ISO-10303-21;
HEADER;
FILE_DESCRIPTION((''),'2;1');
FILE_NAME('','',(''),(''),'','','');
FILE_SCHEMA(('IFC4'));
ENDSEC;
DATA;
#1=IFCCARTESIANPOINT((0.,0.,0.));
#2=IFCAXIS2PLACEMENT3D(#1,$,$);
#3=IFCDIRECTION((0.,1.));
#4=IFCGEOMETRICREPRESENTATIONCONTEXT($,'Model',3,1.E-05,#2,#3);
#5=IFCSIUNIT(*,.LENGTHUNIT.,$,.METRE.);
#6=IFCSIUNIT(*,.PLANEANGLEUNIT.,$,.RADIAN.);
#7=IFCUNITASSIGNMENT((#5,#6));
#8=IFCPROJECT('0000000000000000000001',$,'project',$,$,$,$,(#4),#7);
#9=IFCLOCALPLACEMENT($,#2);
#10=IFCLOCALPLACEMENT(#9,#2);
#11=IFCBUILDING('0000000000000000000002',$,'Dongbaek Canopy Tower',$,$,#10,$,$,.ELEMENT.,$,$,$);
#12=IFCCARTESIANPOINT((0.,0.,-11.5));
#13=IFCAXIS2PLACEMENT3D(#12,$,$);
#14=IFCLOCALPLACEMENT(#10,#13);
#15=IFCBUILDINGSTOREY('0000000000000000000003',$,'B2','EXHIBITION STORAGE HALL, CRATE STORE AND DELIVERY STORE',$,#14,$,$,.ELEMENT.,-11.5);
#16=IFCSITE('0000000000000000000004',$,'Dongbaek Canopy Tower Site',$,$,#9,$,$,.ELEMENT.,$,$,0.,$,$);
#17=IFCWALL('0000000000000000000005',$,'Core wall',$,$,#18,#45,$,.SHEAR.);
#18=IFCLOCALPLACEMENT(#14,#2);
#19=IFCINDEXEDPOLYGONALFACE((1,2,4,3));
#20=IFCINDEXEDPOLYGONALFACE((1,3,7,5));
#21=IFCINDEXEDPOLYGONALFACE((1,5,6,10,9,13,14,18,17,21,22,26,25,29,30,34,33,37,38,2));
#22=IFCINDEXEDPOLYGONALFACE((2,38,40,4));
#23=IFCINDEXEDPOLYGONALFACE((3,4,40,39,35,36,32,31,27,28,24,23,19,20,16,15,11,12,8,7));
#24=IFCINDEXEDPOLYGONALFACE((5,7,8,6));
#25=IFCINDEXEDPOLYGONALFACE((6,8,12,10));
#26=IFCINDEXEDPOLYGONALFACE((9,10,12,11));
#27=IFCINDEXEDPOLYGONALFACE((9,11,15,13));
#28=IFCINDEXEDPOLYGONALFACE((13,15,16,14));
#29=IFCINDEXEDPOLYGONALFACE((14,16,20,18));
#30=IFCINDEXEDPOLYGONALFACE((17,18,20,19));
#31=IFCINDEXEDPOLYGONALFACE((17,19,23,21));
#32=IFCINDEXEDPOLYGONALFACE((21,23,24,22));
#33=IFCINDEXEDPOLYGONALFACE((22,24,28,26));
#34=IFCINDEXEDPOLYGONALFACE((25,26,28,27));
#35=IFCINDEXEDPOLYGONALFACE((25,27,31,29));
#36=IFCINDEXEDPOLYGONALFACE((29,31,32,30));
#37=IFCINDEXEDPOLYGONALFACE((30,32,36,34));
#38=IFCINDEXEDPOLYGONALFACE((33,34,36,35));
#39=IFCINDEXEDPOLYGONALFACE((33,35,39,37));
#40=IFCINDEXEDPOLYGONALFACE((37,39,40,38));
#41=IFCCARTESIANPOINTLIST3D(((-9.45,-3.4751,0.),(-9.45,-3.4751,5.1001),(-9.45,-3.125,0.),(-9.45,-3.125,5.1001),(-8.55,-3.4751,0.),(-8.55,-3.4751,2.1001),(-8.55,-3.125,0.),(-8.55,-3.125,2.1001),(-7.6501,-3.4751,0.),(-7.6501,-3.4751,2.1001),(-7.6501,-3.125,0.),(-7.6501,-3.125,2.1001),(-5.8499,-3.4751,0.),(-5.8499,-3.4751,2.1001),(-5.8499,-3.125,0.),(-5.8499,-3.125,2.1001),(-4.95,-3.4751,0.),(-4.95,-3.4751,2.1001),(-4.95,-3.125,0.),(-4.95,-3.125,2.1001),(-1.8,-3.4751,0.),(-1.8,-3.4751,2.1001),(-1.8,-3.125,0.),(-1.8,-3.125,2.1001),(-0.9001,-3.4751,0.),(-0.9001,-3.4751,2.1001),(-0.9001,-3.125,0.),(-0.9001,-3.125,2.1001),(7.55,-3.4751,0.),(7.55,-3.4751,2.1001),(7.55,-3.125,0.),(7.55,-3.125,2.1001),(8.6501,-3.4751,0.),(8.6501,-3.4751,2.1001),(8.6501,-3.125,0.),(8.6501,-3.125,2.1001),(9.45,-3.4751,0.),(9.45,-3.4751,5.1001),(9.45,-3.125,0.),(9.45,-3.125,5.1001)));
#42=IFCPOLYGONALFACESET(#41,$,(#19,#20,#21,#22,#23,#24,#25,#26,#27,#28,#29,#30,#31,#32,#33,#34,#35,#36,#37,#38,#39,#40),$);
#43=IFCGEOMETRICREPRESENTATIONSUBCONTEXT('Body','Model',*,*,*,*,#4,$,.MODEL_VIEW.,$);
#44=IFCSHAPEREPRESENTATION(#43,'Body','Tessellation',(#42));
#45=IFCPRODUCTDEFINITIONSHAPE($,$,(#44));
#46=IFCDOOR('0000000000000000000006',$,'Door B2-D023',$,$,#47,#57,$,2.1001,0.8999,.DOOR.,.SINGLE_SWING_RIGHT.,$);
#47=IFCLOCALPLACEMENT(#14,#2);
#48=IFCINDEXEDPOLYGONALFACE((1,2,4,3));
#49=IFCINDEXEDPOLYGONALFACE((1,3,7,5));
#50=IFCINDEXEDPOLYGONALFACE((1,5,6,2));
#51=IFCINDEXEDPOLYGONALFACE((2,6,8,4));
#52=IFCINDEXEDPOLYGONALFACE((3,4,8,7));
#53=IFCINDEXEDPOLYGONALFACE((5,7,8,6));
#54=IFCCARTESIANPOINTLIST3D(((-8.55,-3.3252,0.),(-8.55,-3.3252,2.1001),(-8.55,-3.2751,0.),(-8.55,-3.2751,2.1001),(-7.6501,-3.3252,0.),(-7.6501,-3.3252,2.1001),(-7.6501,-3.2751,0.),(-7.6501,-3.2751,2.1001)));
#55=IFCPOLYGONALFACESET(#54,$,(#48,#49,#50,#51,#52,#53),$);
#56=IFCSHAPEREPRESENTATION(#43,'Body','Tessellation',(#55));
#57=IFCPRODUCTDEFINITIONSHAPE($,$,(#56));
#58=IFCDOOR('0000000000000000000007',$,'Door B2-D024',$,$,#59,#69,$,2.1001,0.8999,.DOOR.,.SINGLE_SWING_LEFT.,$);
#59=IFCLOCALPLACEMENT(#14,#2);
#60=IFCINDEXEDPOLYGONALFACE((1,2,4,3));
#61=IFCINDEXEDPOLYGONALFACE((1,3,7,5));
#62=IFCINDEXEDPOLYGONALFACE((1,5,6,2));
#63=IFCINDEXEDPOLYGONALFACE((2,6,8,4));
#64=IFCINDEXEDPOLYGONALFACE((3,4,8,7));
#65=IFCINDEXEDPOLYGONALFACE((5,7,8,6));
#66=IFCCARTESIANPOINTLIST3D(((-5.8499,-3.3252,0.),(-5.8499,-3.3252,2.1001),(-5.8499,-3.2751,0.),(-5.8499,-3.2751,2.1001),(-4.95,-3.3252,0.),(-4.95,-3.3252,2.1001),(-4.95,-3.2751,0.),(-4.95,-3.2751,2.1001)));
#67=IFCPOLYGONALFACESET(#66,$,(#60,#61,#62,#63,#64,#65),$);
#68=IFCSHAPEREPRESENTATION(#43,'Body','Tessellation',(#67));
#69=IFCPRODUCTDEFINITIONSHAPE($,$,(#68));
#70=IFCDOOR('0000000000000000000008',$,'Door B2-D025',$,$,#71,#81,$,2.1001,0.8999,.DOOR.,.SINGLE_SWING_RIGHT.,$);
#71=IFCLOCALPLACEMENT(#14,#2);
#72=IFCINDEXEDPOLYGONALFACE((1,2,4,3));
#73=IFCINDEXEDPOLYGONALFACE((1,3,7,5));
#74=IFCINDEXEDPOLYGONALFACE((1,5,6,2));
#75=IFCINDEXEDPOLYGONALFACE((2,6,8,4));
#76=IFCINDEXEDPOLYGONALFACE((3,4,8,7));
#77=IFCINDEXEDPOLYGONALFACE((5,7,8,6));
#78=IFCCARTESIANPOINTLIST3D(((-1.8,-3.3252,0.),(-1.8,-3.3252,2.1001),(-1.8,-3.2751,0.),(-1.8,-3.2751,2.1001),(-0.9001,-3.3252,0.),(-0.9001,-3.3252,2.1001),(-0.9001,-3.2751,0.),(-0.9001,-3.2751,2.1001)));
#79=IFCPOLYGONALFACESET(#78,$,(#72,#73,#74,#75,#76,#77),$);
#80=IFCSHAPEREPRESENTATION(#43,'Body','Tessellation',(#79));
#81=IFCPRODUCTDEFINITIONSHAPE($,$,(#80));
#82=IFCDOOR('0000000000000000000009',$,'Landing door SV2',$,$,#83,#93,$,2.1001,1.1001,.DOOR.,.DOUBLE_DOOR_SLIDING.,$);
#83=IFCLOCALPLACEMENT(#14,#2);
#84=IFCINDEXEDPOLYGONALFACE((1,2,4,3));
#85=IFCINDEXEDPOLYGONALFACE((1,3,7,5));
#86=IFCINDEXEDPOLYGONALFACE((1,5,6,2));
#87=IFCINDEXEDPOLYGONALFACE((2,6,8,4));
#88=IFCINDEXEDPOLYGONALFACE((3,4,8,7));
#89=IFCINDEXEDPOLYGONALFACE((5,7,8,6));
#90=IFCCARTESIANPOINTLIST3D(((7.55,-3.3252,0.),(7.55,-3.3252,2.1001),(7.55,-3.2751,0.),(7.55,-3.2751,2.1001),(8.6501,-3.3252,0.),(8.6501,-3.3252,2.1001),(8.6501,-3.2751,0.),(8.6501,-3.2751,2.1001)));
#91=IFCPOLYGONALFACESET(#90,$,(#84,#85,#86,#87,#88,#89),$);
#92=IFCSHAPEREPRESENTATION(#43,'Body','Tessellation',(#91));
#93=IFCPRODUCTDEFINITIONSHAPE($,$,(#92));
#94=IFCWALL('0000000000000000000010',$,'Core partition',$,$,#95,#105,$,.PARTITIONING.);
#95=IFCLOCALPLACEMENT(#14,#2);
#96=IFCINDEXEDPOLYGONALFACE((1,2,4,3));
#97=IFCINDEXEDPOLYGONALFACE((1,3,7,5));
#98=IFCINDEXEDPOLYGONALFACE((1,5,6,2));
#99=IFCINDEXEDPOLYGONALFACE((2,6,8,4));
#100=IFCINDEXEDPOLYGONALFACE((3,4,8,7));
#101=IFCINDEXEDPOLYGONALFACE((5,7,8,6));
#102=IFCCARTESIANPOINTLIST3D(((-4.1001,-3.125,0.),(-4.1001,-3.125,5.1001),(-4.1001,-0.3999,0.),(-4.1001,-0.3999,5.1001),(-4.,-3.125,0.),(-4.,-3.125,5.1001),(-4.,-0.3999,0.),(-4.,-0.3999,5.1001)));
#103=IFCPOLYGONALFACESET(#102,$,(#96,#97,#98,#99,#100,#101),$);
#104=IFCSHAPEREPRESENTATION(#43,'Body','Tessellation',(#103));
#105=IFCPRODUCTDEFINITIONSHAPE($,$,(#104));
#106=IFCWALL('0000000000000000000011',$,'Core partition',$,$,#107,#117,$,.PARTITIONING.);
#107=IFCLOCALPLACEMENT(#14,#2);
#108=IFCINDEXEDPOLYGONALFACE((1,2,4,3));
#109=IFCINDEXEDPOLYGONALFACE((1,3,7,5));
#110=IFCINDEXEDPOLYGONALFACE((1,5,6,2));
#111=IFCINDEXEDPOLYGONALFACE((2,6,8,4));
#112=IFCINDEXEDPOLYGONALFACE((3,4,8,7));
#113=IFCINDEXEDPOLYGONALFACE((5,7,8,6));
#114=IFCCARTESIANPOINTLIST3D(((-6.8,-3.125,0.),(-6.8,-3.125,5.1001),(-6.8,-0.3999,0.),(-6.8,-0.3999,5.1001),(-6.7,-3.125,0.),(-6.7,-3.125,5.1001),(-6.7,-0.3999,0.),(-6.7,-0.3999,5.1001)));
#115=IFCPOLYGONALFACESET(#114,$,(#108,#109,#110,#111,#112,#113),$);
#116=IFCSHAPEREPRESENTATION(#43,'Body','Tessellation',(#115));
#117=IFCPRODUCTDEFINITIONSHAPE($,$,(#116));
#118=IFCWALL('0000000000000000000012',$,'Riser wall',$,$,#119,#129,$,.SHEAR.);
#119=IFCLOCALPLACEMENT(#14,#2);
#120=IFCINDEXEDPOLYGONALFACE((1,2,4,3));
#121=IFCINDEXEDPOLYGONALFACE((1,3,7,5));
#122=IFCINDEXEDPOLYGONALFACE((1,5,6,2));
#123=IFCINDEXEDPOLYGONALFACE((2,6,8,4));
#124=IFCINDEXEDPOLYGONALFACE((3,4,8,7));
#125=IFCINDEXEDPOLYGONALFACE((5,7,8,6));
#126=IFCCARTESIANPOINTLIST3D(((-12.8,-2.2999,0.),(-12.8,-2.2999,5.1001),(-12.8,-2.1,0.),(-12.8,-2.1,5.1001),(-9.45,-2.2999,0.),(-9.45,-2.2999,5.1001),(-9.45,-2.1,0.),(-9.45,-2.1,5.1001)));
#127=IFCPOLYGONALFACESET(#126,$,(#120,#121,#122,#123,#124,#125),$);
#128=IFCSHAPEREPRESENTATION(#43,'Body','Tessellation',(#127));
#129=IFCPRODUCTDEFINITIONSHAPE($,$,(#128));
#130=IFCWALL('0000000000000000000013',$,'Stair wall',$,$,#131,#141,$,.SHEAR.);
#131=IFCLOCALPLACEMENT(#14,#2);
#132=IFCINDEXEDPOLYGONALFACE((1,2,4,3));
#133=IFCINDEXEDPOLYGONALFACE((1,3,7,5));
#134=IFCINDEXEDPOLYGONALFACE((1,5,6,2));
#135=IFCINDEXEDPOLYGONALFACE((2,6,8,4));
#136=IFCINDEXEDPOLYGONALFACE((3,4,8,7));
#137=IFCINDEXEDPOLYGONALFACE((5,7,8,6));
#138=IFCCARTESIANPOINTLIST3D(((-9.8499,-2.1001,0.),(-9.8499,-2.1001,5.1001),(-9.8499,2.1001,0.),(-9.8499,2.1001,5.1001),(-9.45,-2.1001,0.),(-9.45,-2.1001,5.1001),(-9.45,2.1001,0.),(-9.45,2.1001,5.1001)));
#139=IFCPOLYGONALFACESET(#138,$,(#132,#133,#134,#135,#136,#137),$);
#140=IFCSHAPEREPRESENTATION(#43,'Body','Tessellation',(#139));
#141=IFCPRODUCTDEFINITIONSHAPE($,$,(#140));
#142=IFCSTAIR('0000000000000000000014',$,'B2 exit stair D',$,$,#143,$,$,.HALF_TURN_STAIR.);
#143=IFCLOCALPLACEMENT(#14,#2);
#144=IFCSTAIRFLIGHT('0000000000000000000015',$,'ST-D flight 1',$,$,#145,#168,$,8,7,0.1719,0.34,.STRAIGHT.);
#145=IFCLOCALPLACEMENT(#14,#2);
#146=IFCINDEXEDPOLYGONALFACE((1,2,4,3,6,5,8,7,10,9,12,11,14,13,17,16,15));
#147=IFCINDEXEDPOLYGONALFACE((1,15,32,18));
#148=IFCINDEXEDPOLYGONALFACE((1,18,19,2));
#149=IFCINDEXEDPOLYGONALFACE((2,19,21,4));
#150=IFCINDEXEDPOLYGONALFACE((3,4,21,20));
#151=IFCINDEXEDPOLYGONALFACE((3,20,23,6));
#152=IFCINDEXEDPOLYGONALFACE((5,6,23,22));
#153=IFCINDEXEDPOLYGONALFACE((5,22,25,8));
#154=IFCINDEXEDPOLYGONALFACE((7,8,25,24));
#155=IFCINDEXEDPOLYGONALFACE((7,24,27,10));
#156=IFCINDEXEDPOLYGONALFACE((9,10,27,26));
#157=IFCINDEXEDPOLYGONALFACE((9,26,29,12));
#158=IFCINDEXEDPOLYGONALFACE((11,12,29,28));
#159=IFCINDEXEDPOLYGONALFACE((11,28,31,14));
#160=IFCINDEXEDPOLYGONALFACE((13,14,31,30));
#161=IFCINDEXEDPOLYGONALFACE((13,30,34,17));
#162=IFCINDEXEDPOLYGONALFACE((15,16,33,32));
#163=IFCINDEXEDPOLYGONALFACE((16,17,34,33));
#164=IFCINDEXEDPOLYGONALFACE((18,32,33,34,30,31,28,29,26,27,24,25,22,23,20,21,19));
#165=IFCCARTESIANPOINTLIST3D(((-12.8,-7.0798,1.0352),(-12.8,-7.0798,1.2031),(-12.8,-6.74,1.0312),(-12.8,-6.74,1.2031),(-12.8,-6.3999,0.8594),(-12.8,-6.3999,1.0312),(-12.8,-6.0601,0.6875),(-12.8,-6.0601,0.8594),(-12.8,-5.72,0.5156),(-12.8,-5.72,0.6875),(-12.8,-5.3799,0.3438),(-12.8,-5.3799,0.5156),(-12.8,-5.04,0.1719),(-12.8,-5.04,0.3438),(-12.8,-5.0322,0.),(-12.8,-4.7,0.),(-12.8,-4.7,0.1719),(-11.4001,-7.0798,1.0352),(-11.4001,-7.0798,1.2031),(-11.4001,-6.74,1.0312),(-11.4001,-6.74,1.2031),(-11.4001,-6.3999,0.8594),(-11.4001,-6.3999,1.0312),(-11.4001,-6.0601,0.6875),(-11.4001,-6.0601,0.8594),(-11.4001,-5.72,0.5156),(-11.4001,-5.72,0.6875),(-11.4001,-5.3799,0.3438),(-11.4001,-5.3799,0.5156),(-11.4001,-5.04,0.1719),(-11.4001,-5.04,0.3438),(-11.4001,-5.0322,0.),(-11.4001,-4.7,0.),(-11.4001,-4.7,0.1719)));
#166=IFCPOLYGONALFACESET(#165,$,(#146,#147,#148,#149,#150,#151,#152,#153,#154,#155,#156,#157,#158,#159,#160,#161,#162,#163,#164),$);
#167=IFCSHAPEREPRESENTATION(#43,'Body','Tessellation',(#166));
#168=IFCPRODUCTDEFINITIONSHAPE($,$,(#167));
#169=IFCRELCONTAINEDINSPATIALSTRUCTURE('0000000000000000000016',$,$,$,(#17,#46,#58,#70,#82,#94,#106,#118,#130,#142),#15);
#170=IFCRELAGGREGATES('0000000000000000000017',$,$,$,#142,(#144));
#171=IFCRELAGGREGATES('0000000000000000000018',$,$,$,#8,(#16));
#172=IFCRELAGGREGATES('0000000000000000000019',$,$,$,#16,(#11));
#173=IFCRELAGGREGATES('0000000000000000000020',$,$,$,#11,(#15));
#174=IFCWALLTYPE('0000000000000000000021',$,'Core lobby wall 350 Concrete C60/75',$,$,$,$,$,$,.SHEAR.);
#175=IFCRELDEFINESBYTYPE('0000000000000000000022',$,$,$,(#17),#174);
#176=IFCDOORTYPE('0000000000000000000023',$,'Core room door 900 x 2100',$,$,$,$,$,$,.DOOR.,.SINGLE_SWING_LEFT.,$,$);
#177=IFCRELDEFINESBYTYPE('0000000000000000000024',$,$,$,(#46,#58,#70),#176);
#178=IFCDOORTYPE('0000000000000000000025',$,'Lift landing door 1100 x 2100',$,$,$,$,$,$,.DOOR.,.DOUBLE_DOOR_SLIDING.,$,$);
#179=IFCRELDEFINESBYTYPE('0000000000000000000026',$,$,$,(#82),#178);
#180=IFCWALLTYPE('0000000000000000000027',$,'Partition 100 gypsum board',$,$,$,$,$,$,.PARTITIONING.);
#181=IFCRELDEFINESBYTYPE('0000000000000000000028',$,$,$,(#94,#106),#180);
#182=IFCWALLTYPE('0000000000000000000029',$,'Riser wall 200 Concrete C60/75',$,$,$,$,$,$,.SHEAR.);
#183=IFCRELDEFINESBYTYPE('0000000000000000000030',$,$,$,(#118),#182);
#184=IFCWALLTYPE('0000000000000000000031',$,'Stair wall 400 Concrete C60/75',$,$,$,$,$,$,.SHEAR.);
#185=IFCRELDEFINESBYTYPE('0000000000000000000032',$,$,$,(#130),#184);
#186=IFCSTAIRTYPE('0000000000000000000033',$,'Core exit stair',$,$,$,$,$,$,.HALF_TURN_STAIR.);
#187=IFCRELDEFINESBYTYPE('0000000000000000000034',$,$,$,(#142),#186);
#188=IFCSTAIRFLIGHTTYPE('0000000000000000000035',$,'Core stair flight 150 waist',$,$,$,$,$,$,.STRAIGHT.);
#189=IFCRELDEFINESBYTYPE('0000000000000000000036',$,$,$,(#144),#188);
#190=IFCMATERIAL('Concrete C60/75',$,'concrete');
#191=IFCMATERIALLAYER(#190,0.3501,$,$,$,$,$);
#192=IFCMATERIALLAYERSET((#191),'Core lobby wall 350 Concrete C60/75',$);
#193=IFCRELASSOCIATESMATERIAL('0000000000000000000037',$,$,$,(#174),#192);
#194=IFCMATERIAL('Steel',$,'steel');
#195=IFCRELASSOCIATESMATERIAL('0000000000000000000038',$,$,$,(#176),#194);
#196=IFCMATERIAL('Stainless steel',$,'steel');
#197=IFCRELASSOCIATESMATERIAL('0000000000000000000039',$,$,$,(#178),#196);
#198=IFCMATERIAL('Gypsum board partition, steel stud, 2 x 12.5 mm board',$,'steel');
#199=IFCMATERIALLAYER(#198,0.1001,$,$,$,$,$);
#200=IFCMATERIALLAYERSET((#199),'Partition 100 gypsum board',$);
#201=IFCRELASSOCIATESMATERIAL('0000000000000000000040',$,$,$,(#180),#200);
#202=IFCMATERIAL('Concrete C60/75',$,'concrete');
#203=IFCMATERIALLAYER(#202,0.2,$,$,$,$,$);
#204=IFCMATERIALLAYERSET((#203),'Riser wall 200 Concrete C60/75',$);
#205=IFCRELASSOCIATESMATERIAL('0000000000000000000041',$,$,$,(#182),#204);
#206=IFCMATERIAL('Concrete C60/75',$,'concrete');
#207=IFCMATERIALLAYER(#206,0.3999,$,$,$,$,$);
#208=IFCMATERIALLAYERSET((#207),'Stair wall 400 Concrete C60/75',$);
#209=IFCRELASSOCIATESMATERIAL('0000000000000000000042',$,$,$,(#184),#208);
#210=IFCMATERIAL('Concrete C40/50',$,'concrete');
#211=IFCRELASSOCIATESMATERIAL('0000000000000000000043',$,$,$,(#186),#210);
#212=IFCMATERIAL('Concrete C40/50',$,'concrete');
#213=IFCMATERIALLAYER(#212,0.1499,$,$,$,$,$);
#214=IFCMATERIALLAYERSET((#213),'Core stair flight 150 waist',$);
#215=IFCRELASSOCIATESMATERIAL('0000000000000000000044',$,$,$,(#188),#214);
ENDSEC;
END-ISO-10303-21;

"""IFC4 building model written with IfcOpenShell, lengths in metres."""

from ifc_helpers import new_model, si_unit, direction, frame, frame_2d, origin, place, context, subcontext, project, spatial, polyline, rectangle, outline, extrude, material, layer, layer_set, type_object, element, fill, aggregate, save


model = new_model("IFC4")

# Units and contexts
model_context = context("Model", 3, precision=1e-05, world=origin(), true_north=direction((0.0, 1.0)))
body_context = subcontext(model_context, "Body", "Model", "MODEL_VIEW")
ifc_project = project(units=[si_unit("LENGTHUNIT", "METRE"), si_unit("PLANEANGLEUNIT", "RADIAN")], contexts=[model_context])

# Site, building, storey
site_placement = place(None, origin())
site = spatial("IfcSite", under=ifc_project, at=site_placement, Name="Dongbaek Canopy Tower Site", CompositionType="ELEMENT", RefElevation=0.0)
building_placement = place(site_placement, origin())
building = spatial("IfcBuilding", under=site, at=building_placement, Name="Dongbaek Canopy Tower", CompositionType="ELEMENT")
storey_placement = place(building_placement, frame((0.0, 0.0, -11.5)))
storey = spatial("IfcBuildingStorey", under=building, at=storey_placement, Name="B2", Description="EXHIBITION STORAGE HALL, CRATE STORE AND DELIVERY STORE", CompositionType="ELEMENT", Elevation=-11.5)

# Wall, openings, doors
ifc_material_1 = material(Name="Concrete C60/75", Category="concrete")
ifc_layer_1 = layer(ifc_material_1, 0.3501)
ifc_layer_set_1 = layer_set([ifc_layer_1], Name="Core lobby wall 350 Concrete C60/75")
wall_type_1 = type_object("IfcWallType", Name="Core lobby wall 350 Concrete C60/75", PredefinedType="SHEAR", material=ifc_layer_set_1)
wall_1_placement = place(storey_placement, frame((-9.45, -3.3, 0.0), z_axis=(0.0, 0.0, 1.0), x_axis=(1.0, 0.0, 0.0)))
wall_1 = element("IfcWall", 1, at=wall_1_placement, inside=storey, type_object=wall_type_1, Name="Core wall", PredefinedType="SHEAR", context=body_context, shape_type="SweptSolid", body=[
    extrude(rectangle(XDim=18.8999, YDim=0.3501, at=frame_2d((9.45, 0.0))), origin(), (0.0, 0.0, 1.0), 5.1001),
])
opening_1_placement = place(wall_1_placement, frame((17.0, 0.0, 0.0)))
opening_1 = element("IfcOpeningElement", 2, at=opening_1_placement, cuts=wall_1, PredefinedType="OPENING", context=body_context, shape_type="SweptSolid", body=[
    extrude(rectangle(XDim=1.1001, YDim=2.1001, at=frame_2d((0.55, 1.05))), frame((0.0, 0.1851, 0.0), z_axis=(0.0, -1.0, 0.0), x_axis=(1.0, 0.0, 0.0)), (0.0, 0.0, 1.0), 0.3701),
])
opening_2_placement = place(wall_1_placement, frame((0.8999, 0.0, 0.0)))
opening_2 = element("IfcOpeningElement", 3, at=opening_2_placement, cuts=wall_1, PredefinedType="OPENING", context=body_context, shape_type="SweptSolid", body=[
    extrude(rectangle(XDim=0.8999, YDim=2.1001, at=frame_2d((0.45, 1.05))), frame((0.0, 0.1851, 0.0), z_axis=(0.0, -1.0, 0.0), x_axis=(1.0, 0.0, 0.0)), (0.0, 0.0, 1.0), 0.3701),
])
opening_3_placement = place(wall_1_placement, frame((3.6001, 0.0, 0.0)))
opening_3 = element("IfcOpeningElement", 4, at=opening_3_placement, cuts=wall_1, PredefinedType="OPENING", context=body_context, shape_type="SweptSolid", body=[
    extrude(rectangle(XDim=0.8999, YDim=2.1001, at=frame_2d((0.45, 1.05))), frame((0.0, 0.1851, 0.0), z_axis=(0.0, -1.0, 0.0), x_axis=(1.0, 0.0, 0.0)), (0.0, 0.0, 1.0), 0.3701),
])
opening_4_placement = place(wall_1_placement, frame((7.6499, 0.0, 0.0)))
opening_4 = element("IfcOpeningElement", 5, at=opening_4_placement, cuts=wall_1, PredefinedType="OPENING", context=body_context, shape_type="SweptSolid", body=[
    extrude(rectangle(XDim=0.8999, YDim=2.1001, at=frame_2d((0.45, 1.05))), frame((0.0, 0.1851, 0.0), z_axis=(0.0, -1.0, 0.0), x_axis=(1.0, 0.0, 0.0)), (0.0, 0.0, 1.0), 0.3701),
])
ifc_material_2 = material(Name="Steel", Category="steel")
door_type_1 = type_object("IfcDoorType", Name="Core room door 900 x 2100", OperationType="SINGLE_SWING_LEFT", PredefinedType="DOOR", material=ifc_material_2)
door_1_placement = place(opening_2_placement, origin())
door_1 = element("IfcDoor", 6, at=door_1_placement, inside=storey, type_object=door_type_1, Name="Door B2-D023", OperationType="SINGLE_SWING_RIGHT", OverallHeight=2.1001, OverallWidth=0.8999, PredefinedType="DOOR", context=body_context, shape_type="SweptSolid", body=[
    extrude(rectangle(XDim=0.8999, YDim=2.1001, at=frame_2d((0.45, 1.05))), frame((0.0, 0.0249, 0.0), z_axis=(0.0, -1.0, 0.0), x_axis=(1.0, 0.0, 0.0)), (0.0, 0.0, 1.0), 0.05),
])
fill(opening_2, door_1)
door_2_placement = place(opening_3_placement, origin())
door_2 = element("IfcDoor", 7, at=door_2_placement, inside=storey, type_object=door_type_1, Name="Door B2-D024", OperationType="SINGLE_SWING_LEFT", OverallHeight=2.1001, OverallWidth=0.8999, PredefinedType="DOOR", context=body_context, shape_type="SweptSolid", body=[
    extrude(rectangle(XDim=0.8999, YDim=2.1001, at=frame_2d((0.45, 1.05))), frame((0.0, 0.0249, 0.0), z_axis=(0.0, -1.0, 0.0), x_axis=(1.0, 0.0, 0.0)), (0.0, 0.0, 1.0), 0.05),
])
fill(opening_3, door_2)
door_3_placement = place(opening_4_placement, origin())
door_3 = element("IfcDoor", 8, at=door_3_placement, inside=storey, type_object=door_type_1, Name="Door B2-D025", OperationType="SINGLE_SWING_RIGHT", OverallHeight=2.1001, OverallWidth=0.8999, PredefinedType="DOOR", context=body_context, shape_type="SweptSolid", body=[
    extrude(rectangle(XDim=0.8999, YDim=2.1001, at=frame_2d((0.45, 1.05))), frame((0.0, 0.0249, 0.0), z_axis=(0.0, -1.0, 0.0), x_axis=(1.0, 0.0, 0.0)), (0.0, 0.0, 1.0), 0.05),
])
fill(opening_4, door_3)
ifc_material_3 = material(Name="Stainless steel", Category="steel")
door_type_2 = type_object("IfcDoorType", Name="Lift landing door 1100 x 2100", OperationType="DOUBLE_DOOR_SLIDING", PredefinedType="DOOR", material=ifc_material_3)
door_4_placement = place(opening_1_placement, origin())
door_4 = element("IfcDoor", 9, at=door_4_placement, inside=storey, type_object=door_type_2, Name="Landing door SV2", OperationType="DOUBLE_DOOR_SLIDING", OverallHeight=2.1001, OverallWidth=1.1001, PredefinedType="DOOR", context=body_context, shape_type="SweptSolid", body=[
    extrude(rectangle(XDim=1.1001, YDim=2.1001, at=frame_2d((0.55, 1.05))), frame((0.0, 0.0249, 0.0), z_axis=(0.0, -1.0, 0.0), x_axis=(1.0, 0.0, 0.0)), (0.0, 0.0, 1.0), 0.05),
])
fill(opening_1, door_4)

# Walls
ifc_material_4 = material(Name="Gypsum board partition, steel stud, 2 x 12.5 mm board", Category="steel")
ifc_layer_2 = layer(ifc_material_4, 0.1001)
ifc_layer_set_2 = layer_set([ifc_layer_2], Name="Partition 100 gypsum board")
wall_type_2 = type_object("IfcWallType", Name="Partition 100 gypsum board", PredefinedType="PARTITIONING", material=ifc_layer_set_2)
for number, where, z_axis, x_axis, name in (
    (10, (-4.05, -3.125, 0.0), (0.0, 0.0, 1.0), (0.0, 1.0, 0.0), "Core partition"),
    (11, (-6.75, -3.125, 0.0), (0.0, 0.0, 1.0), (0.0, 1.0, 0.0), "Core partition"),
):
    element("IfcWall", number, at=place(storey_placement, frame(where, z_axis=z_axis, x_axis=x_axis)), inside=storey, type_object=wall_type_2, Name=name, PredefinedType="PARTITIONING", context=body_context, shape_type="SweptSolid", body=[
        extrude(rectangle(XDim=2.7251, YDim=0.1001, at=frame_2d((1.3625, 0.0))), origin(), (0.0, 0.0, 1.0), 5.1001),
    ])
ifc_material_5 = material(Name="Concrete C60/75", Category="concrete")
ifc_layer_3 = layer(ifc_material_5, 0.2)
ifc_layer_set_3 = layer_set([ifc_layer_3], Name="Riser wall 200 Concrete C60/75")
wall_type_3 = type_object("IfcWallType", Name="Riser wall 200 Concrete C60/75", PredefinedType="SHEAR", material=ifc_layer_set_3)
wall_2_placement = place(storey_placement, frame((-9.45, -2.2, 0.0), z_axis=(0.0, 0.0, 1.0), x_axis=(-1.0, 0.0, 0.0)))
element("IfcWall", 12, at=wall_2_placement, inside=storey, type_object=wall_type_3, Name="Riser wall", PredefinedType="SHEAR", context=body_context, shape_type="SweptSolid", body=[
    extrude(rectangle(XDim=3.3501, YDim=0.2, at=frame_2d((1.675, 0.0))), origin(), (0.0, 0.0, 1.0), 5.1001),
])
ifc_material_6 = material(Name="Concrete C60/75", Category="concrete")
ifc_layer_4 = layer(ifc_material_6, 0.3999)
ifc_layer_set_4 = layer_set([ifc_layer_4], Name="Stair wall 400 Concrete C60/75")
wall_type_4 = type_object("IfcWallType", Name="Stair wall 400 Concrete C60/75", PredefinedType="SHEAR", material=ifc_layer_set_4)
wall_3_placement = place(storey_placement, frame((-9.6499, -2.1001, 0.0), z_axis=(0.0, 0.0, 1.0), x_axis=(0.0, 1.0, 0.0)))
element("IfcWall", 13, at=wall_3_placement, inside=storey, type_object=wall_type_4, Name="Stair wall", PredefinedType="SHEAR", context=body_context, shape_type="SweptSolid", body=[
    extrude(rectangle(XDim=4.2002, YDim=0.3999, at=frame_2d((2.1001, 0.0))), origin(), (0.0, 0.0, 1.0), 5.1001),
])

# Stair, stair flight
ifc_material_7 = material(Name="Concrete C40/50", Category="concrete")
stair_type = type_object("IfcStairType", Name="Core exit stair", PredefinedType="HALF_TURN_STAIR", material=ifc_material_7)
stair_placement = place(storey_placement, origin())
stair = element("IfcStair", 14, at=stair_placement, inside=storey, type_object=stair_type, Name="B2 exit stair D", PredefinedType="HALF_TURN_STAIR")
ifc_material_8 = material(Name="Concrete C40/50", Category="concrete")
ifc_layer_5 = layer(ifc_material_8, 0.1499)
ifc_layer_set_5 = layer_set([ifc_layer_5], Name="Core stair flight 150 waist")
stair_flight_type = type_object("IfcStairFlightType", Name="Core stair flight 150 waist", PredefinedType="STRAIGHT", material=ifc_layer_set_5)
stair_flight_1_placement = place(storey_placement, frame((-12.1001, -4.7, 0.0), z_axis=(0.0, 0.0, 1.0), x_axis=(0.0, -1.0, 0.0)))
stair_flight_1 = element("IfcStairFlight", 15, at=stair_flight_1_placement, type_object=stair_flight_type, Name="ST-D flight 1", NumberOfRisers=8, NumberOfTreads=7, PredefinedType="STRAIGHT", RiserHeight=0.1719, TreadLength=0.34, context=body_context, shape_type="SweptSolid", body=[
    extrude(outline(polyline([(0.0, 0.0), (0.0, 0.1719), (0.3401, 0.1719), (0.3401, 0.3438), (0.6799, 0.3438), (0.6799, 0.5156), (1.02, 0.5156), (1.02, 0.6875), (1.3601, 0.6875), (1.3601, 0.8594), (1.7, 0.8594), (1.7, 1.0312), (2.04, 1.0312), (2.04, 1.2031), (2.3799, 1.2031), (2.3799, 1.375), (2.3799, 1.0352), (0.3323, 0.0), (0.0, 0.0)])), frame((0.0, 0.7, 0.0), z_axis=(0.0, -1.0, 0.0), x_axis=(1.0, 0.0, 0.0)), (0.0, 0.0, 1.0), 1.3999),
])
aggregate(stair, [stair_flight_1])

save(model, "model.ifc")
